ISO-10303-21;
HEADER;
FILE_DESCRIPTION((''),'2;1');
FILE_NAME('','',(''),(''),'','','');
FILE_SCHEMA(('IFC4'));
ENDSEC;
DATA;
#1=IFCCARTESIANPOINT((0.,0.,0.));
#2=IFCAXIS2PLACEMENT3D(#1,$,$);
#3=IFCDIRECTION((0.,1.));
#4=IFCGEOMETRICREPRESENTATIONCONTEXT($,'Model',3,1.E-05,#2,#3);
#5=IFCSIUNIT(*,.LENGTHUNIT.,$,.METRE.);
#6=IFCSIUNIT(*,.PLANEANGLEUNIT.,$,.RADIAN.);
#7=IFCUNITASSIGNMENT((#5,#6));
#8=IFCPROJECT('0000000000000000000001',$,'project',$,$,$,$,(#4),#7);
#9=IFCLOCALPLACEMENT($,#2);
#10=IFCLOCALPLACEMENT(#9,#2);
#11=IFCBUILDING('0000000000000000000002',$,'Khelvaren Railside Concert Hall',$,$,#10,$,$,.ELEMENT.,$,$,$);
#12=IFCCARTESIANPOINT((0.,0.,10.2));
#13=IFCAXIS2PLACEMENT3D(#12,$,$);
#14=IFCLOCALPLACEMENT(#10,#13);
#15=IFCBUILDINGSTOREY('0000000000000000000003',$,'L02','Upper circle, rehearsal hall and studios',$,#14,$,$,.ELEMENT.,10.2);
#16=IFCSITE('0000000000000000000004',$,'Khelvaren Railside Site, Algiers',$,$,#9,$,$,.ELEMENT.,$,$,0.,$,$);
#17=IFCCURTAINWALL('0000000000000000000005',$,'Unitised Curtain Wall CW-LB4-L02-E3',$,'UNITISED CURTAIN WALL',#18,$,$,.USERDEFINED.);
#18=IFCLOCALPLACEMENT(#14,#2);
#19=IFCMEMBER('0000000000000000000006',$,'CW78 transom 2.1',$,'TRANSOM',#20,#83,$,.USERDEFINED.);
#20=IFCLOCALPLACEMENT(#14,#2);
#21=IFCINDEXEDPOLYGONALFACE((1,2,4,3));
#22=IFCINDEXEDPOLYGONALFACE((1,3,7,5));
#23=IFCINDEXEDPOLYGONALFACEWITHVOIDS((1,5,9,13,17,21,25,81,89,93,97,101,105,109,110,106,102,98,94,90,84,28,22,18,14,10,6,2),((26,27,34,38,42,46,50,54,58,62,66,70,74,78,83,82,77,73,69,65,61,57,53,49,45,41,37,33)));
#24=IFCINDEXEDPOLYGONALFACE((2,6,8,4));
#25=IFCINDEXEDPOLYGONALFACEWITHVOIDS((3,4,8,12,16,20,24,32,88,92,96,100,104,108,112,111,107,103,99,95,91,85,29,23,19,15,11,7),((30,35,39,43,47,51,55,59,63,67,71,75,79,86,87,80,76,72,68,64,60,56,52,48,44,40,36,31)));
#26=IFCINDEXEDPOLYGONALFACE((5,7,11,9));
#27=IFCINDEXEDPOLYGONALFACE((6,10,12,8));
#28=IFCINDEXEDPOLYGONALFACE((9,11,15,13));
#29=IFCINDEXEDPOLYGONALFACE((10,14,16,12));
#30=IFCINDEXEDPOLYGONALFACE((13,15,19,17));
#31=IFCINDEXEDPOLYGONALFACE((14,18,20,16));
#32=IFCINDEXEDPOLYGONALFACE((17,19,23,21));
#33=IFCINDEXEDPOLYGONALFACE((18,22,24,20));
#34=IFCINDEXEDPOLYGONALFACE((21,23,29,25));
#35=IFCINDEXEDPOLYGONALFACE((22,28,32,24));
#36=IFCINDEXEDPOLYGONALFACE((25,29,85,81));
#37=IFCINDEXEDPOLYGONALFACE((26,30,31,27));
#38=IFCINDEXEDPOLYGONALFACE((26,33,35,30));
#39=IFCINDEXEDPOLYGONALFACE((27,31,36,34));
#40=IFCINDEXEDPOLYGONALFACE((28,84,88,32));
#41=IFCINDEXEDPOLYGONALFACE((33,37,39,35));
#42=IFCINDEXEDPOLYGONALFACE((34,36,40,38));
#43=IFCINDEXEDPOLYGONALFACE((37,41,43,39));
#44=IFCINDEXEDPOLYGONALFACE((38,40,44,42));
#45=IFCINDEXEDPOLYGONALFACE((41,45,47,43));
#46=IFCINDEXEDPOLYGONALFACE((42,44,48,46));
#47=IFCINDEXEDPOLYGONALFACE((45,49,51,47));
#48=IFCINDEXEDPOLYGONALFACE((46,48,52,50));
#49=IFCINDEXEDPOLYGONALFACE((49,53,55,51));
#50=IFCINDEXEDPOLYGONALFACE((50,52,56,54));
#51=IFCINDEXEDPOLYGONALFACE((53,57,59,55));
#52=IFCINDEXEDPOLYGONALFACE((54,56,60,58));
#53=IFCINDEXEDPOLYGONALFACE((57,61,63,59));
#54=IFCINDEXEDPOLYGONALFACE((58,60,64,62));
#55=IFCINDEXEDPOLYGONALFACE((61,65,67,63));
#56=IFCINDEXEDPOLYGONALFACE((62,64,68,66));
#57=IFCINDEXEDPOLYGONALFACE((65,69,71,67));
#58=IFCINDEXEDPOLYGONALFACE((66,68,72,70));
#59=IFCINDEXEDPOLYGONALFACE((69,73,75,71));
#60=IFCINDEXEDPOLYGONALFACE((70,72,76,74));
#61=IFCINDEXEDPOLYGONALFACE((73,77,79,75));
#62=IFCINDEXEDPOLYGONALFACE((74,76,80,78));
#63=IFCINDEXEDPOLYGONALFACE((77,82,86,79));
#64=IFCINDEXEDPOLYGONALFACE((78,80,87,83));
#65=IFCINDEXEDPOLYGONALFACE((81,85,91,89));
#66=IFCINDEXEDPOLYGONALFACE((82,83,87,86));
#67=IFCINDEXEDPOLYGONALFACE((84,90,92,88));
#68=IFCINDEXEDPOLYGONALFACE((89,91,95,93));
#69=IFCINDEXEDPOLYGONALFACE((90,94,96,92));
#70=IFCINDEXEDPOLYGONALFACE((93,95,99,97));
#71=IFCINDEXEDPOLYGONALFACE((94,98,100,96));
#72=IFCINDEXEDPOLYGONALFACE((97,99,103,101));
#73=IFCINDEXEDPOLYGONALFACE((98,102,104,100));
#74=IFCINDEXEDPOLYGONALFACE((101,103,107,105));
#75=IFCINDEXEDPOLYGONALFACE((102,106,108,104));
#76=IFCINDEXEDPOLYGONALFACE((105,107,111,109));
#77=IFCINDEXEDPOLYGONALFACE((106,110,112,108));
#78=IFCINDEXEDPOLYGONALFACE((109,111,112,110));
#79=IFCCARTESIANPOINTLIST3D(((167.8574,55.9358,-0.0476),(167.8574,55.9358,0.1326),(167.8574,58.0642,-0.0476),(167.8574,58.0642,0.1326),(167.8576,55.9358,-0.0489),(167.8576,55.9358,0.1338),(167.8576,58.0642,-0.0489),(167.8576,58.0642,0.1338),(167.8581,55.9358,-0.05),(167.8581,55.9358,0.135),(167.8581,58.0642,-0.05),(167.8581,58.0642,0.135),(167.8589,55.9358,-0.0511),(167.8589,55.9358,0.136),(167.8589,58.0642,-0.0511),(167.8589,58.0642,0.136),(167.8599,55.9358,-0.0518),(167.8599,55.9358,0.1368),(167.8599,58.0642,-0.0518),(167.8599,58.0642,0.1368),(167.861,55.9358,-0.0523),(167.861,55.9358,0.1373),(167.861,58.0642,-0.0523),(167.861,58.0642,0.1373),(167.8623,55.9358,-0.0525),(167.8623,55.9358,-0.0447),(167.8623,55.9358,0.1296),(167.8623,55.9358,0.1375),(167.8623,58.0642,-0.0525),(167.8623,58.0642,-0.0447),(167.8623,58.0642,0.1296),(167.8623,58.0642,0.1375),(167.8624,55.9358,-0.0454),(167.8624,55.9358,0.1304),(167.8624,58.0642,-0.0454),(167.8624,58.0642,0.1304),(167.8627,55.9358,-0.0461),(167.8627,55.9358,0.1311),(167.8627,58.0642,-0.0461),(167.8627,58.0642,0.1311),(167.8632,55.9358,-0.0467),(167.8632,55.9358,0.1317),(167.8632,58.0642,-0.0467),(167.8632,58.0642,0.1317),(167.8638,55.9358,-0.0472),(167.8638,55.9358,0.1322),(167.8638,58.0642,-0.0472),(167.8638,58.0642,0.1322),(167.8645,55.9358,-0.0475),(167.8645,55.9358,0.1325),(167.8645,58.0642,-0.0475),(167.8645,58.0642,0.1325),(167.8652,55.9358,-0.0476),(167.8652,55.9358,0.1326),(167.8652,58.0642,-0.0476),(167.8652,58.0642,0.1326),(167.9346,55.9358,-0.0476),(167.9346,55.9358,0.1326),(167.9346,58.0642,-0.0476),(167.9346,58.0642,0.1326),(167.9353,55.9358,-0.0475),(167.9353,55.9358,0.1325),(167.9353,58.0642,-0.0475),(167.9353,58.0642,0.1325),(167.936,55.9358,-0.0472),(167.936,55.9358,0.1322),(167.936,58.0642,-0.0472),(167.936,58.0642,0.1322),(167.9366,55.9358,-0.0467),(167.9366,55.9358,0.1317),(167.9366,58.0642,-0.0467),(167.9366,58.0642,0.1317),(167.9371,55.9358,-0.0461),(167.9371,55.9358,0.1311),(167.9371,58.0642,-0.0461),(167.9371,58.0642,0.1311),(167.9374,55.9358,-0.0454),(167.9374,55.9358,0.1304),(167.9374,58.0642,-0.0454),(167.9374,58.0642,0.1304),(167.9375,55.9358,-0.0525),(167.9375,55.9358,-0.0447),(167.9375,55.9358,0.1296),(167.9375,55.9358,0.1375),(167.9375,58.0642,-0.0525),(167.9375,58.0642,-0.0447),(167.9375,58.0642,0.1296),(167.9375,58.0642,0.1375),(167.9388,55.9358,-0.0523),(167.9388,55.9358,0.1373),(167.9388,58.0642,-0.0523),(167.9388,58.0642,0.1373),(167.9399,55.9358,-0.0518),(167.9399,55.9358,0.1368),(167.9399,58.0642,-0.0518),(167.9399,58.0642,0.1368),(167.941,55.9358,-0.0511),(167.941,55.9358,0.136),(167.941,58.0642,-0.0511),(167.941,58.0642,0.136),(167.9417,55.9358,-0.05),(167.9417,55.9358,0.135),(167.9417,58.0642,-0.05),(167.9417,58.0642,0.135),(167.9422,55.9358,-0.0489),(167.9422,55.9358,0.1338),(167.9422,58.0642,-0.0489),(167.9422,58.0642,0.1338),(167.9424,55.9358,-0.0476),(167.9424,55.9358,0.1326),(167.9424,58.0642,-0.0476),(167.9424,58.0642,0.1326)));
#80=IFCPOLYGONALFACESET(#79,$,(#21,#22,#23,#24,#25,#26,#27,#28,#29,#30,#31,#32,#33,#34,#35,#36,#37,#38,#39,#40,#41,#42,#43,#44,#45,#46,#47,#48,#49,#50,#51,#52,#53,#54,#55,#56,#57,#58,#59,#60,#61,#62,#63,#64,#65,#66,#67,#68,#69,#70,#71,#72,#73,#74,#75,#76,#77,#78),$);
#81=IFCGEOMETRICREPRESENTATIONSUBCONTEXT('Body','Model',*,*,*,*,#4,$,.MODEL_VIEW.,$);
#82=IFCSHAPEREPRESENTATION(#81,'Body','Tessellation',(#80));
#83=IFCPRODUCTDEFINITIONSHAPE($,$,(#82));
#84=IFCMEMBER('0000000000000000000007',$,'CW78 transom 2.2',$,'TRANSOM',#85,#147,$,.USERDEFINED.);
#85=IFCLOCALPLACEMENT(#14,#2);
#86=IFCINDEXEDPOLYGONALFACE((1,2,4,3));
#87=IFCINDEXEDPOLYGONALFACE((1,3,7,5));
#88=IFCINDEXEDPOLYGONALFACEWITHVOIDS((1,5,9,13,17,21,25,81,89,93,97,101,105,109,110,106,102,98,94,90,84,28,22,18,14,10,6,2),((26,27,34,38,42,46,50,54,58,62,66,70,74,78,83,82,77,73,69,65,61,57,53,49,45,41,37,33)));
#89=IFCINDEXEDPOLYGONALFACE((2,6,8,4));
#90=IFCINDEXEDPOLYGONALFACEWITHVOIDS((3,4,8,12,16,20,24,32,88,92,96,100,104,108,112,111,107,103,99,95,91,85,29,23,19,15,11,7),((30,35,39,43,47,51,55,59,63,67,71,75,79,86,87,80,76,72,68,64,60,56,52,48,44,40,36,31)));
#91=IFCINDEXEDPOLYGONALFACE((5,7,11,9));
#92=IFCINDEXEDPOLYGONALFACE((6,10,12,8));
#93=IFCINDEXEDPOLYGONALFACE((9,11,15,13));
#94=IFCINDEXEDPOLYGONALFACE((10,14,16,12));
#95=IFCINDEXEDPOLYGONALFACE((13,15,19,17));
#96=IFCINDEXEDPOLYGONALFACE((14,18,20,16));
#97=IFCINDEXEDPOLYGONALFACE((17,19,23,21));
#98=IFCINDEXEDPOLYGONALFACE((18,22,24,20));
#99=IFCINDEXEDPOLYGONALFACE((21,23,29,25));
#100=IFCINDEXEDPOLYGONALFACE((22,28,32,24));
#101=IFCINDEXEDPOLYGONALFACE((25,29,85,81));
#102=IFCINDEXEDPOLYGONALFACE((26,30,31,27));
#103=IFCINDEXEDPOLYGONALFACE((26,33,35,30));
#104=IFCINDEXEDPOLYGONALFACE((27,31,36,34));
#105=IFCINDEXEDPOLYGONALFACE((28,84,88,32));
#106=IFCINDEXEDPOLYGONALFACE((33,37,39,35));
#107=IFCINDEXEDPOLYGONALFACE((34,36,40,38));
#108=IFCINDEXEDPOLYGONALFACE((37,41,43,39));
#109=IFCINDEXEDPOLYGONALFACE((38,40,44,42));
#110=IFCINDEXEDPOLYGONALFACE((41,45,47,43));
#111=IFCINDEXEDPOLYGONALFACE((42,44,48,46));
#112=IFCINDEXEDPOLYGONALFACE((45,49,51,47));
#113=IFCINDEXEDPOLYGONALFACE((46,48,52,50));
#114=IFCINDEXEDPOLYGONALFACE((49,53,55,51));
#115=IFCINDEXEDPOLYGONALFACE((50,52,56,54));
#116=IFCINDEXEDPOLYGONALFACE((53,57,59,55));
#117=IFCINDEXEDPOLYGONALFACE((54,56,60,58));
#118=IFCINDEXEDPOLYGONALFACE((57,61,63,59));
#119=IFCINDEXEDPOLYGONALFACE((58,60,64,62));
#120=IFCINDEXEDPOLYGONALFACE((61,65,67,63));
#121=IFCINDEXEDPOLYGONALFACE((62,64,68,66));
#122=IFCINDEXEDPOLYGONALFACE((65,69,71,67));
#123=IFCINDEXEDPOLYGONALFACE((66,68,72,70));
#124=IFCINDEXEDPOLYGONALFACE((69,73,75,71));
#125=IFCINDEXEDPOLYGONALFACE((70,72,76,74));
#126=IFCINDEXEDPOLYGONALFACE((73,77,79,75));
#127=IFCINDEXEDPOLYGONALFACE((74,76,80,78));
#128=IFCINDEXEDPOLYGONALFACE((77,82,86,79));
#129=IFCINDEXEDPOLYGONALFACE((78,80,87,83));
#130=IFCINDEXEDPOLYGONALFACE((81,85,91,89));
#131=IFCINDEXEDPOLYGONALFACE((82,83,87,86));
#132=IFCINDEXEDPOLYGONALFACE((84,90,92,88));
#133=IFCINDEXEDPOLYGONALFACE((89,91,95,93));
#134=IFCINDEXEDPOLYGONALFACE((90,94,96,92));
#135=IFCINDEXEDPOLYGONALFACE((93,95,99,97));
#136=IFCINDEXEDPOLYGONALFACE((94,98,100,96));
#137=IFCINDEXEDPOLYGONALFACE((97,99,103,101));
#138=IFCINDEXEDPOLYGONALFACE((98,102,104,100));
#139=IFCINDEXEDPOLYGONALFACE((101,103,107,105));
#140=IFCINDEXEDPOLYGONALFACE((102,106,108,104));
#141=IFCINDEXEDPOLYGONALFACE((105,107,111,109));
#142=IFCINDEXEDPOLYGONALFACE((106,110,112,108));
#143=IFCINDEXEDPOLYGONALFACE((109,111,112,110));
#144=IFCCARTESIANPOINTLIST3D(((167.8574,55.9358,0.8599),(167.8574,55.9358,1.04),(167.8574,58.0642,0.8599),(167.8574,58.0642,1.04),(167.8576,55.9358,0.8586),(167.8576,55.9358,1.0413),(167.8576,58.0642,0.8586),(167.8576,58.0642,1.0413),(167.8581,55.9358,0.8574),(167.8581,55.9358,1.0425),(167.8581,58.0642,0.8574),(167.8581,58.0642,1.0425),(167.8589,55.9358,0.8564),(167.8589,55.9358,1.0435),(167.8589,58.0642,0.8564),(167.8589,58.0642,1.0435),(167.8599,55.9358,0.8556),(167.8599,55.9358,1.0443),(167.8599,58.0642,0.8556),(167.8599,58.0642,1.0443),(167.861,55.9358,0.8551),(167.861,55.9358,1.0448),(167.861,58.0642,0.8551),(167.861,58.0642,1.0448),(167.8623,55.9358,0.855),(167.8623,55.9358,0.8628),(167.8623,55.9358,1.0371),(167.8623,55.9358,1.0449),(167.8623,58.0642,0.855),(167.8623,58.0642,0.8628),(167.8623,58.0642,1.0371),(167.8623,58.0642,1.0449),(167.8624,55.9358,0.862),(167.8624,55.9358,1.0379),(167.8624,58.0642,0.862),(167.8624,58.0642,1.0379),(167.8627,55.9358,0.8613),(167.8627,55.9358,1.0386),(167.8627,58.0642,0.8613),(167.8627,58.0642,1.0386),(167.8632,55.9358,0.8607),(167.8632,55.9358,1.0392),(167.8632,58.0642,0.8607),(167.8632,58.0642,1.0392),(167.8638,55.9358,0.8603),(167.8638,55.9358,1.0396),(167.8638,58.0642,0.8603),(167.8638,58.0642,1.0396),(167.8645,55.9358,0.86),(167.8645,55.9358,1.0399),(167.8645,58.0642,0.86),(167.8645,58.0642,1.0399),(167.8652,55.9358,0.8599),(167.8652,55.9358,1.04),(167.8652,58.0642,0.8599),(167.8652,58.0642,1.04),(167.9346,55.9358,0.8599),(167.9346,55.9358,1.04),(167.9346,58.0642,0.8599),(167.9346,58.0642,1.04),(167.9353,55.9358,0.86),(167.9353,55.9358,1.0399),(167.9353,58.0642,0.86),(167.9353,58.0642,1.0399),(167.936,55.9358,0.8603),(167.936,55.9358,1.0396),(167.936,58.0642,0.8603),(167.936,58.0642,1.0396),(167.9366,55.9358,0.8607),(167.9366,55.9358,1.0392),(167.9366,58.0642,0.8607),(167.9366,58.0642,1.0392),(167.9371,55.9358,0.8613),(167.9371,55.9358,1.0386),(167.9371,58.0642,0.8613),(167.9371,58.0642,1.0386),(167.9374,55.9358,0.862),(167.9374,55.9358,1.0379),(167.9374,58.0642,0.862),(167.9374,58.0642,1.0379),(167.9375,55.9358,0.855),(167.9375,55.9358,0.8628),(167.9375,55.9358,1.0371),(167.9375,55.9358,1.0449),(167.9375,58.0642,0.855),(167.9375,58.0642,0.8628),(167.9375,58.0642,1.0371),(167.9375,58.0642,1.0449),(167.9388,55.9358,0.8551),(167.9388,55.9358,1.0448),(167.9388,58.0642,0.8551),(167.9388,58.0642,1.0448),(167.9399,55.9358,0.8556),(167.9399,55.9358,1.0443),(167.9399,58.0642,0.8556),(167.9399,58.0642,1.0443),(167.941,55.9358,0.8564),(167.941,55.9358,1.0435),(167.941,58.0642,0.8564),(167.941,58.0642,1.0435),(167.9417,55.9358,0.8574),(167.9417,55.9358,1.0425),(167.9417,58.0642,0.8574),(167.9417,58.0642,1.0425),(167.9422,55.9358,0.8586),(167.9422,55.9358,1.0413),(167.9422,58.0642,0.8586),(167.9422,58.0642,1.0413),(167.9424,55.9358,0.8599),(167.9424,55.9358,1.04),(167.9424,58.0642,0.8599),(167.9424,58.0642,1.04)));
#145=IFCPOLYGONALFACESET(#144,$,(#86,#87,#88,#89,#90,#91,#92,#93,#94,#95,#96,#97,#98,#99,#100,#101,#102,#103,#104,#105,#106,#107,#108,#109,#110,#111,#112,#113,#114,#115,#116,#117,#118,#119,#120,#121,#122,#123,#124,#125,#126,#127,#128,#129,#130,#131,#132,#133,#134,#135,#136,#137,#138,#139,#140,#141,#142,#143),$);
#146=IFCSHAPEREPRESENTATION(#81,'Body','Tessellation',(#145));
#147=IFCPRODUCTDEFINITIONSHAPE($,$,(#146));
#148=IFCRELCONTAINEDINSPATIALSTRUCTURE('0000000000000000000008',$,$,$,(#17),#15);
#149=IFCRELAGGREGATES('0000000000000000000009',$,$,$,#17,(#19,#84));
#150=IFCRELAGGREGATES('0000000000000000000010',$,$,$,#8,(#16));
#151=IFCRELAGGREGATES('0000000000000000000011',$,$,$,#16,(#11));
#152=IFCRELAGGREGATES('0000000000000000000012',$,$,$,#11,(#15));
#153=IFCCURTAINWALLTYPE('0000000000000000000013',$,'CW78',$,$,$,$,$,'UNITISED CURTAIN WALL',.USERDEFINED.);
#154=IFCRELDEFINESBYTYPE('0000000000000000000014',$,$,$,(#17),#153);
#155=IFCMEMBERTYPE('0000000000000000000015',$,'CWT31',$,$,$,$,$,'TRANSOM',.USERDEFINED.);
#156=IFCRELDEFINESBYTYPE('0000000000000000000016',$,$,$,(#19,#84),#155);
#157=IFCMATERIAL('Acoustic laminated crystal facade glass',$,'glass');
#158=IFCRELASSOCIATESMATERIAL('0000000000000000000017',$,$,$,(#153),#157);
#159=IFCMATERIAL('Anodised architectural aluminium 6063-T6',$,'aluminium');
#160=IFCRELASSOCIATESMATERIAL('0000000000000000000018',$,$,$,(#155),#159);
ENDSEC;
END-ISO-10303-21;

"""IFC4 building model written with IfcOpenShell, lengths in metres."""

from ifc_helpers import new_model, si_unit, direction, frame, origin, origin_2d, place, context, subcontext, project, spatial, hollow_rectangle, extrude, material, material_profile, profile_set, type_object, element, aggregate, save


model = new_model("IFC4")

# Units and contexts
model_context = context("Model", 3, precision=1e-05, world=origin(), true_north=direction((0.0, 1.0)))
body_context = subcontext(model_context, "Body", "Model", "MODEL_VIEW")
ifc_project = project(units=[si_unit("LENGTHUNIT", "METRE"), si_unit("PLANEANGLEUNIT", "RADIAN")], contexts=[model_context])

# Site, building, storey
site_placement = place(None, origin())
site = spatial("IfcSite", under=ifc_project, at=site_placement, Name="Khelvaren Railside Site, Algiers", CompositionType="ELEMENT", RefElevation=0.0)
building_placement = place(site_placement, origin())
building = spatial("IfcBuilding", under=site, at=building_placement, Name="Khelvaren Railside Concert Hall", CompositionType="ELEMENT")
storey_placement = place(building_placement, frame((0.0, 0.0, 10.2)))
storey = spatial("IfcBuildingStorey", under=building, at=storey_placement, Name="L02", Description="Upper circle, rehearsal hall and studios", CompositionType="ELEMENT", Elevation=10.2)

# Curtain wall
ifc_material_1 = material(Name="Acoustic laminated crystal facade glass", Category="glass")
curtain_wall_type = type_object("IfcCurtainWallType", Name="CW78", ElementType="UNITISED CURTAIN WALL", PredefinedType="USERDEFINED", material=ifc_material_1)
curtain_wall_1_placement = place(storey_placement, origin())
curtain_wall_1 = element("IfcCurtainWall", 1, at=curtain_wall_1_placement, inside=storey, type_object=curtain_wall_type, Name="Unitised Curtain Wall CW-LB4-L02-E3", ObjectType="UNITISED CURTAIN WALL", PredefinedType="USERDEFINED")
ifc_material_2 = material(Name="Anodised architectural aluminium 6063-T6", Category="aluminium")

# Members
ifc_material_profile_1 = material_profile(ifc_material_2, hollow_rectangle(XDim=0.085, YDim=0.1899, WallThickness=0.0049, InnerFilletRadius=0.0029, OuterFilletRadius=0.0049, at=origin_2d()), Name="CWT 85x190x5")
ifc_profile_set_1 = profile_set([ifc_material_profile_1], Name="Anodised architectural aluminium 6063-T6")
member_type_1 = type_object("IfcMemberType", Name="CWT31", ElementType="TRANSOM", PredefinedType="USERDEFINED", material=ifc_profile_set_1)
member_1_placement = place(storey_placement, frame((167.8999, 58.0642, 0.0425), z_axis=(0.0, -1.0, 0.0), x_axis=(1.0, 0.0, 0.0)))
member_1 = element("IfcMember", 2, at=member_1_placement, type_object=member_type_1, Name="CW78 transom 2.1", ObjectType="TRANSOM", PredefinedType="USERDEFINED", context=body_context, shape_type="SweptSolid", body=[
    extrude(hollow_rectangle(XDim=0.085, YDim=0.1899, WallThickness=0.0049, InnerFilletRadius=0.0029, OuterFilletRadius=0.0049, at=origin_2d()), origin(), (0.0, 0.0, 1.0), 2.1284),
])
member_2_placement = place(storey_placement, frame((167.8999, 58.0642, 0.95), z_axis=(0.0, -1.0, 0.0), x_axis=(1.0, 0.0, 0.0)))
member_2 = element("IfcMember", 3, at=member_2_placement, type_object=member_type_1, Name="CW78 transom 2.2", ObjectType="TRANSOM", PredefinedType="USERDEFINED", context=body_context, shape_type="SweptSolid", body=[
    extrude(hollow_rectangle(XDim=0.085, YDim=0.1899, WallThickness=0.0049, InnerFilletRadius=0.0029, OuterFilletRadius=0.0049, at=origin_2d()), origin(), (0.0, 0.0, 1.0), 2.1284),
])

aggregate(curtain_wall_1, [member_1, member_2])

save(model, "model.ifc")
